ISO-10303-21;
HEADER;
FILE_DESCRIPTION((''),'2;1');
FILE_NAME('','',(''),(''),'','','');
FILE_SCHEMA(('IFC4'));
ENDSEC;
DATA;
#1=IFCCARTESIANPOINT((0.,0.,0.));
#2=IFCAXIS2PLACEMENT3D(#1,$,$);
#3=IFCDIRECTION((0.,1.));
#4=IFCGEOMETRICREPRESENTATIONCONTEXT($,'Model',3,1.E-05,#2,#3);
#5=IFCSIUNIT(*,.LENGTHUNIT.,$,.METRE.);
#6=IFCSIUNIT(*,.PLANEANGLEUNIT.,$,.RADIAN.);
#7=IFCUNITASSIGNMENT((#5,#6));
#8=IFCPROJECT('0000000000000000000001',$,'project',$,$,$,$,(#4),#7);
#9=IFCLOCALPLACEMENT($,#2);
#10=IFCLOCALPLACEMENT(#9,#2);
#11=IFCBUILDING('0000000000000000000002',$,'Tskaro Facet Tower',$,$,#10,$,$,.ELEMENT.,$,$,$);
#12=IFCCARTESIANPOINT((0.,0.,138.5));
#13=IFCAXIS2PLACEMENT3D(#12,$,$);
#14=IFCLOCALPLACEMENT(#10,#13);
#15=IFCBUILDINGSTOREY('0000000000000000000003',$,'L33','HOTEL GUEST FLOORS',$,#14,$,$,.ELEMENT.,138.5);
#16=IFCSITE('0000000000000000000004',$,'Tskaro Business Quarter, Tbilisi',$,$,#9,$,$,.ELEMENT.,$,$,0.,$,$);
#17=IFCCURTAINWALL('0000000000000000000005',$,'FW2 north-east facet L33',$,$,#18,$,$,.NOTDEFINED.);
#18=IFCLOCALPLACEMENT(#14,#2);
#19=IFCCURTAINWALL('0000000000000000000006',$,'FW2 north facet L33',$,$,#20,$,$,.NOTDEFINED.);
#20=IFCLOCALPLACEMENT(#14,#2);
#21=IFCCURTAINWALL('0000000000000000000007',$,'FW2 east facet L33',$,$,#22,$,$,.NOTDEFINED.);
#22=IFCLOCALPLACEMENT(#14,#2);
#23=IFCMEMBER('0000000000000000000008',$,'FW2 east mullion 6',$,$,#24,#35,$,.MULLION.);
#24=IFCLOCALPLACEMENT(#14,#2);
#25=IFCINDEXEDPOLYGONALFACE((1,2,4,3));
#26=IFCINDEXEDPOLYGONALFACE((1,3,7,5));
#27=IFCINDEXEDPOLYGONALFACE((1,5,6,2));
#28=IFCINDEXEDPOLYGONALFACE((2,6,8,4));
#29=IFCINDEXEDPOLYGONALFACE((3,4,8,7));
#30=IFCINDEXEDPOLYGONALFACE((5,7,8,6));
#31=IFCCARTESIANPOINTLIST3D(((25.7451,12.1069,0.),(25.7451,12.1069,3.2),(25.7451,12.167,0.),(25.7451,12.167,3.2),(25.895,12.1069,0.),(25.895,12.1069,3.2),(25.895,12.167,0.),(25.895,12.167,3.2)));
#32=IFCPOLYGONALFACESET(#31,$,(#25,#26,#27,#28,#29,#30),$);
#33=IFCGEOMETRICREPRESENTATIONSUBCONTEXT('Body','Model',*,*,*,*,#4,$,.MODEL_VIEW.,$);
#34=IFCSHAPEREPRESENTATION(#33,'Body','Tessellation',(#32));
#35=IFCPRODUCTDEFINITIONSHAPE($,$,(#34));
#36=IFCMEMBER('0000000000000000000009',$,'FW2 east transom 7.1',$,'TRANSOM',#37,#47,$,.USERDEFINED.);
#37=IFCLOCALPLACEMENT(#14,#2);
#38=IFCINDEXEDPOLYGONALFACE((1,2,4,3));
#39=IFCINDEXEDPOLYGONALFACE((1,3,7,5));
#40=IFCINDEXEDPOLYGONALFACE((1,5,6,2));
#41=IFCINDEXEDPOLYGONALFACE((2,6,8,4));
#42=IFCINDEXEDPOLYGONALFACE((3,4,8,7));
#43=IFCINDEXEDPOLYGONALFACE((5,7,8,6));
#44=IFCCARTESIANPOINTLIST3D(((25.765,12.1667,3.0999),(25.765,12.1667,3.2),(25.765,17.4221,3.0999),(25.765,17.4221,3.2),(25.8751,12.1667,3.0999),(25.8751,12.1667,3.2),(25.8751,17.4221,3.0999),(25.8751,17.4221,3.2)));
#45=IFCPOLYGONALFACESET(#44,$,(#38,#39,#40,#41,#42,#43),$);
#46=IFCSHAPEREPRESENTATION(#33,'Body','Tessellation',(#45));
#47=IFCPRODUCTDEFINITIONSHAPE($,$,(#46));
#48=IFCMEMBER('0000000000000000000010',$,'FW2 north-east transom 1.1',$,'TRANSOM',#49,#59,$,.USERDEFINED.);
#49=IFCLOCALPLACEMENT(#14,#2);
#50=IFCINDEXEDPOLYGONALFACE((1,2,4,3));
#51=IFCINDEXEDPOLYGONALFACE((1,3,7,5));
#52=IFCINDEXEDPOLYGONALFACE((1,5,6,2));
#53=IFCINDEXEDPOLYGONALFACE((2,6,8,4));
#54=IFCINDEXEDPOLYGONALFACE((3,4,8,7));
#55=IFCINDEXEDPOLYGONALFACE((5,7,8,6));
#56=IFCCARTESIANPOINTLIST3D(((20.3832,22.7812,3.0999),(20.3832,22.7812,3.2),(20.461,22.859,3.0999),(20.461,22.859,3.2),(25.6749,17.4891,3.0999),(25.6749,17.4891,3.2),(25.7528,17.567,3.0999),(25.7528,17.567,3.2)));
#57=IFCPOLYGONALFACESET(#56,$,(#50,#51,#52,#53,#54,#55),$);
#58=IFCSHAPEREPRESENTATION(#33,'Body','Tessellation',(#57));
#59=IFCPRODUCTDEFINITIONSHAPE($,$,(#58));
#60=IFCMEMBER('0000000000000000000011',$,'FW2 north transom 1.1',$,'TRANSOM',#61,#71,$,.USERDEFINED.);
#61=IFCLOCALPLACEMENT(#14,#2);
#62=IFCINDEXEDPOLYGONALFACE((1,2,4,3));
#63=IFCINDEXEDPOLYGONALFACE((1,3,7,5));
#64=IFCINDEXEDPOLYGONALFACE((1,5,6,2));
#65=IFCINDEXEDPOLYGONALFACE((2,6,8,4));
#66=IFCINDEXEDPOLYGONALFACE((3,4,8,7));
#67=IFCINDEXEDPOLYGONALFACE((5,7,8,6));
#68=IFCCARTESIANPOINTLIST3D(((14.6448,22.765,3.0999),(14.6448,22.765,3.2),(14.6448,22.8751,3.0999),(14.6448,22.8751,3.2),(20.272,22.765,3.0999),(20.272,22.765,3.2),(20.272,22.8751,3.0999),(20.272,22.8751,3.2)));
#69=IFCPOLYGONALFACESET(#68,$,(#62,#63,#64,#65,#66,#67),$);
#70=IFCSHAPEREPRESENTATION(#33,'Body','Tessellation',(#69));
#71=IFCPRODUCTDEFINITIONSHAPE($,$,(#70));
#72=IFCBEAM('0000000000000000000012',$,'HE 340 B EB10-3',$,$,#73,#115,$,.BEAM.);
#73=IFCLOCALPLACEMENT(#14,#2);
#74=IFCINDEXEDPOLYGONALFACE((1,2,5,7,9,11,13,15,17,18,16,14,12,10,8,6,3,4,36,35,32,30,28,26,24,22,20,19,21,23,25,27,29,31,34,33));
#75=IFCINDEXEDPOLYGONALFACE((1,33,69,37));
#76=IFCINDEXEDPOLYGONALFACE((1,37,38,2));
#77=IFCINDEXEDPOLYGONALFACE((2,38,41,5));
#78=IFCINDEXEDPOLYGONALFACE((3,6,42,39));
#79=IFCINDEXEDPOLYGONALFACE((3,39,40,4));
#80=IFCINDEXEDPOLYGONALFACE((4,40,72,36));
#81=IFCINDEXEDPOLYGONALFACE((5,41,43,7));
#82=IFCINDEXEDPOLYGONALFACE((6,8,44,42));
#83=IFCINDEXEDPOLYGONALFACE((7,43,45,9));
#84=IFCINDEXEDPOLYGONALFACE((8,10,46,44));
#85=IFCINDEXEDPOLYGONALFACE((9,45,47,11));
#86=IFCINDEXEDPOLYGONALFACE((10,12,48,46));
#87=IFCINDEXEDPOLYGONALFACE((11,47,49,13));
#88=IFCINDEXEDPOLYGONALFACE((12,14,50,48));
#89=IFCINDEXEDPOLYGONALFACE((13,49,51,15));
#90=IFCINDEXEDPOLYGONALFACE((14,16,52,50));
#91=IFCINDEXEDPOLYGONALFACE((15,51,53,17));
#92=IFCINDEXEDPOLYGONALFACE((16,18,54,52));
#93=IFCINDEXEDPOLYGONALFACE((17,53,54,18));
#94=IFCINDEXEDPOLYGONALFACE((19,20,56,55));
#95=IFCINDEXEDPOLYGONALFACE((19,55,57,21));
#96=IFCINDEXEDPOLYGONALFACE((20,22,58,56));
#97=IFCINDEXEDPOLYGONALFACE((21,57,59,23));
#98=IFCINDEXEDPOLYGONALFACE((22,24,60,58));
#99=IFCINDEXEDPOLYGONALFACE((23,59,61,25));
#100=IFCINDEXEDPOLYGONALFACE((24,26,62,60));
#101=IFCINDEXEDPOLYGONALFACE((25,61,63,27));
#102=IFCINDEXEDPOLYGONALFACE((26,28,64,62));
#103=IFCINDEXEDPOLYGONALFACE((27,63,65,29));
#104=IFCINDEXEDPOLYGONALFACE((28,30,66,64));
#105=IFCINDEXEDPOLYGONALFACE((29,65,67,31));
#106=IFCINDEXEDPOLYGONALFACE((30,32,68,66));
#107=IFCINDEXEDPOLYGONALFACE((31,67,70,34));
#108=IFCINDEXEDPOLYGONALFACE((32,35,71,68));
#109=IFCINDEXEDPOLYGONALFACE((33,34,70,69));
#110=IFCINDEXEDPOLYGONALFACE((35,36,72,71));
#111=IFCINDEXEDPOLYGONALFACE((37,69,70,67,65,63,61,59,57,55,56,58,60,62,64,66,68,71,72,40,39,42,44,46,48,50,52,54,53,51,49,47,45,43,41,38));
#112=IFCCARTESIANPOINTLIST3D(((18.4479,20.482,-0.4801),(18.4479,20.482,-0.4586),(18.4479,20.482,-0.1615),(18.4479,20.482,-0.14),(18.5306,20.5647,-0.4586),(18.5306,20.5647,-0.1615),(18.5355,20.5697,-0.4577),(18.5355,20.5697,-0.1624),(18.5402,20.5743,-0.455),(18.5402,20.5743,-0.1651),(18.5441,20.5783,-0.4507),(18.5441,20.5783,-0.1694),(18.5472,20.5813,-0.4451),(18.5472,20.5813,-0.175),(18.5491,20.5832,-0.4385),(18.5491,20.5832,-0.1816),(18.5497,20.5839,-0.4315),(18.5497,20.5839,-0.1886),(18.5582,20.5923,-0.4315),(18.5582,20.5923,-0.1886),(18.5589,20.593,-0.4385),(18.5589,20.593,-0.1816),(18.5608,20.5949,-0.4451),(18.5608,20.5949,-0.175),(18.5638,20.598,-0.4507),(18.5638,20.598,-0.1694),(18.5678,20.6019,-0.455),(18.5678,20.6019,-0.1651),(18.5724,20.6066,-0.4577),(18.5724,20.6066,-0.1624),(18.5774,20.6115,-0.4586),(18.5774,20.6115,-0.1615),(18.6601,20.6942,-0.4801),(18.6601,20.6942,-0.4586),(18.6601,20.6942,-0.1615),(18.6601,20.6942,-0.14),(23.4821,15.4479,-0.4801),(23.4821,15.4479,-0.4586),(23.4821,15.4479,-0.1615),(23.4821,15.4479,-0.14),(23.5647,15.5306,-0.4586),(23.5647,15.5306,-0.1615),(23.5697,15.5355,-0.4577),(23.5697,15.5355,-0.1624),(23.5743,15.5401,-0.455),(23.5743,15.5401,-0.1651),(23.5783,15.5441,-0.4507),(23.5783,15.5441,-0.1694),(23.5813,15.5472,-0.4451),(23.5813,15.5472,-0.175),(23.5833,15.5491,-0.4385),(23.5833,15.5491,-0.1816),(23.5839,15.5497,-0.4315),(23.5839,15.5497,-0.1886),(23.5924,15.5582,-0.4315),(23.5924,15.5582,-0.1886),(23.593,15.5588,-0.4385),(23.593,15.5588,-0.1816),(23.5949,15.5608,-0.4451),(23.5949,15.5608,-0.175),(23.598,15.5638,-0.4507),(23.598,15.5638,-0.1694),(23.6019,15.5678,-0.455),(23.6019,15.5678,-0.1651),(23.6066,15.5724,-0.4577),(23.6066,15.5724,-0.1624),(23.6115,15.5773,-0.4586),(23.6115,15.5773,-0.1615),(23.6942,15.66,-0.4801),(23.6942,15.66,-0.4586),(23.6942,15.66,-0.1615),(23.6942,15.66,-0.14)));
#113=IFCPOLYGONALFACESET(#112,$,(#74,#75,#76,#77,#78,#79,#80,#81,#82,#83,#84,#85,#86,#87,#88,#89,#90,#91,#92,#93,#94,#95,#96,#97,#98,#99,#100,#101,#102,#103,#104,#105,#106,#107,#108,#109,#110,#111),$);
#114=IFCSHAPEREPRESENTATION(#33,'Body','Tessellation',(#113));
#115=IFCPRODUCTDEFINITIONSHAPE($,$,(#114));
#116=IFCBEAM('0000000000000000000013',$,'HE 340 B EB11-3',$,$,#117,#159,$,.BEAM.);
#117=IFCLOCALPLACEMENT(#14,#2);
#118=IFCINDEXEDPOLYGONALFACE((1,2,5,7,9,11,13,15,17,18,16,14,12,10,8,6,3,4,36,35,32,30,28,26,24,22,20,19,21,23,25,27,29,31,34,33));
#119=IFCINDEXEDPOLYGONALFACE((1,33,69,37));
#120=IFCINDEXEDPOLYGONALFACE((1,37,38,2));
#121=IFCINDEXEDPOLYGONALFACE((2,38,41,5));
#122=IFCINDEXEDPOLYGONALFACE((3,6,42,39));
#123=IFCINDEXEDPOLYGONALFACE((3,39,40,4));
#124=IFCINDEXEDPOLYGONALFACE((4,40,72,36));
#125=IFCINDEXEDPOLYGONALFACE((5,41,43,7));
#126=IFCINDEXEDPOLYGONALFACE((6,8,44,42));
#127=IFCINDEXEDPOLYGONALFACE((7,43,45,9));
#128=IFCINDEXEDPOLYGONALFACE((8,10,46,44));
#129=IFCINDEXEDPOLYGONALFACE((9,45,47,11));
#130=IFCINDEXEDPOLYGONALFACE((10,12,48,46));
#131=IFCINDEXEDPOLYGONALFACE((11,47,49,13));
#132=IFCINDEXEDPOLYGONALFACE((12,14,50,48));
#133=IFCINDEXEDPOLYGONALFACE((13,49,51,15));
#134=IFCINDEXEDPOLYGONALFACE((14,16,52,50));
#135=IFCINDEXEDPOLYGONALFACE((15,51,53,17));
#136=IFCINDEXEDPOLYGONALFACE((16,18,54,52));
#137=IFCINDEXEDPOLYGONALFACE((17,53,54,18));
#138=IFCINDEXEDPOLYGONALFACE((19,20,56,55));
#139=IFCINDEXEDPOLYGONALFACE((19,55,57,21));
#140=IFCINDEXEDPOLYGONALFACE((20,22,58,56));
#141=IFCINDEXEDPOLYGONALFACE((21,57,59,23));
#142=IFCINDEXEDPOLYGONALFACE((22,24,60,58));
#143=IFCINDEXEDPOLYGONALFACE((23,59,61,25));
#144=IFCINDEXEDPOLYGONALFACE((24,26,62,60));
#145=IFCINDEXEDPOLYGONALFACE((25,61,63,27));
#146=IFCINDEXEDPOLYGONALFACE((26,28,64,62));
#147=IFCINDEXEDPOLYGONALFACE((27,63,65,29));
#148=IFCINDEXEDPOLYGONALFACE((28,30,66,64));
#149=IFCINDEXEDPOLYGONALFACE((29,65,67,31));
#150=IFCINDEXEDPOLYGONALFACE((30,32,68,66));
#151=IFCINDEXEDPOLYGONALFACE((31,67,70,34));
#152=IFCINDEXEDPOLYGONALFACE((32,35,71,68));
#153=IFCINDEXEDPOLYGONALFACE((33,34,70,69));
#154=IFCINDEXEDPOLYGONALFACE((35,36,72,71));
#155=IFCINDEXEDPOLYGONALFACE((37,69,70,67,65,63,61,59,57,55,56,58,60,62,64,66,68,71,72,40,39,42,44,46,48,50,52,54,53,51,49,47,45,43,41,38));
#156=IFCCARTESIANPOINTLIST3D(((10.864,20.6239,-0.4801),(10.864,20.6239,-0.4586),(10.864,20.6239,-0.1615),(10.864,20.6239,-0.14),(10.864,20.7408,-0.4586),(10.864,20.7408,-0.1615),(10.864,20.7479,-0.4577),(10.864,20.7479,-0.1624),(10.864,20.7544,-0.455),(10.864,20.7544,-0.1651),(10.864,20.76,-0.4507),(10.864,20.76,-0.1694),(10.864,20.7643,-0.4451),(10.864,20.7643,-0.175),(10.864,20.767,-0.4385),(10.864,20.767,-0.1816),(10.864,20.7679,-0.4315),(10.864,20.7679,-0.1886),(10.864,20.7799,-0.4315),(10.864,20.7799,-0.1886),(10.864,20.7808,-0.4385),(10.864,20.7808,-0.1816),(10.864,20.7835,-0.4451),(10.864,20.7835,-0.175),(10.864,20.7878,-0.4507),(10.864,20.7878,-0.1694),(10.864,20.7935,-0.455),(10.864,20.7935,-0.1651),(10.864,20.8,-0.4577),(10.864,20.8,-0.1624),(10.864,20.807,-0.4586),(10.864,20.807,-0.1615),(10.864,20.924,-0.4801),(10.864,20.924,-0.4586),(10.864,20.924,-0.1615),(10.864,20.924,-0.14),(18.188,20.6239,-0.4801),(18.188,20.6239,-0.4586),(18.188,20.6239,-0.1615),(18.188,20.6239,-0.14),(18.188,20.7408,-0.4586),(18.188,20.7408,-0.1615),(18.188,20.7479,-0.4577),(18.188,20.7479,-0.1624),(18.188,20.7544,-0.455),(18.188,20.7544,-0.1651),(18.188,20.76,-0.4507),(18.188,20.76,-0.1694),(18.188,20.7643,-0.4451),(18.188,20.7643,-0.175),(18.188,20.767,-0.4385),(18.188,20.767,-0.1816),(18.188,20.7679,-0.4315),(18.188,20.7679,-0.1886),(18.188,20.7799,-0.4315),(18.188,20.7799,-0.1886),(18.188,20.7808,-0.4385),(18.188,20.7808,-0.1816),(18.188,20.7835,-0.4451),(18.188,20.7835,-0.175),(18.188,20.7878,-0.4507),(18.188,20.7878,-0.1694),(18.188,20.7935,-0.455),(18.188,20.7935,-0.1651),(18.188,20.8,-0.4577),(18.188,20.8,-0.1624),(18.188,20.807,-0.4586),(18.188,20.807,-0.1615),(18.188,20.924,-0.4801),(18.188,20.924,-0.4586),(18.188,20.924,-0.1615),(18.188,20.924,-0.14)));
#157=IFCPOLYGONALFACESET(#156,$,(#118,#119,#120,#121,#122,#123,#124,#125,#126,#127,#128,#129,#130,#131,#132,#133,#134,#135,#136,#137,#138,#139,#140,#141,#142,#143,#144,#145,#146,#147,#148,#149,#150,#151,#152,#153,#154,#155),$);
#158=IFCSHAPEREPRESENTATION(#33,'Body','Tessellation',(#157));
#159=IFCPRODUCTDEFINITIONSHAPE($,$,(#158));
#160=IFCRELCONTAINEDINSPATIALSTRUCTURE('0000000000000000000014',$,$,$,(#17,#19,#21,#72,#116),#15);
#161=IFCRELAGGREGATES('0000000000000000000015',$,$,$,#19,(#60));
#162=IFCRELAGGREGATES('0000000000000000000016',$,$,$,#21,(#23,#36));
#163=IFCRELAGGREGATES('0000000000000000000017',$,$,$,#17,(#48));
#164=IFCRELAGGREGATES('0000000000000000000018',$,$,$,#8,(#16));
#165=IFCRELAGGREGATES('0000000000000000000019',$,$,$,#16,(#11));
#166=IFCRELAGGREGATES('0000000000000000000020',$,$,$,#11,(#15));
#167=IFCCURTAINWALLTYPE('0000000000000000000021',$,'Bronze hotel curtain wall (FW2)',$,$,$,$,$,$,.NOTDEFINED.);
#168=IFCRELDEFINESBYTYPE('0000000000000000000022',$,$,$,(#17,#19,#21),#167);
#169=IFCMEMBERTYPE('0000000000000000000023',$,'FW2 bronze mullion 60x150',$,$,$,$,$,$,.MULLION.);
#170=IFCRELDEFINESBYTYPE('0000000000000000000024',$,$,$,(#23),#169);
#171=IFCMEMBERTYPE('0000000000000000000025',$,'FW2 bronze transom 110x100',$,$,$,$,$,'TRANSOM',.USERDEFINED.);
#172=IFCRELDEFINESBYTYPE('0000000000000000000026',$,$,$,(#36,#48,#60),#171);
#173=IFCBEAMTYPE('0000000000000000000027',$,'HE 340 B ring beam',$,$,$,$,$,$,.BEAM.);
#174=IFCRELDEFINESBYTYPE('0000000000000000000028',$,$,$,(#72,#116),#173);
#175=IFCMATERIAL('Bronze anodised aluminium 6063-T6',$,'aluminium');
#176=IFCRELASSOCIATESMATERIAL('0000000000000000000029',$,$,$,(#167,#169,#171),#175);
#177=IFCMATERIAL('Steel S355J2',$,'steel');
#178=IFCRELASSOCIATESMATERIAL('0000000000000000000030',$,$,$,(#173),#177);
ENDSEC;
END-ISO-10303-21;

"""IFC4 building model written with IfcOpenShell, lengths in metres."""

from ifc_helpers import new_model, si_unit, direction, frame, origin, origin_2d, place, context, subcontext, project, spatial, rectangle, i_section, extrude, material, material_profile, profile_set, type_object, element, aggregate, save


model = new_model("IFC4")

# Units and contexts
model_context = context("Model", 3, precision=1e-05, world=origin(), true_north=direction((0.0, 1.0)))
body_context = subcontext(model_context, "Body", "Model", "MODEL_VIEW")
ifc_project = project(units=[si_unit("LENGTHUNIT", "METRE"), si_unit("PLANEANGLEUNIT", "RADIAN")], contexts=[model_context])

# Site, building, storey
site_placement = place(None, origin())
site = spatial("IfcSite", under=ifc_project, at=site_placement, Name="Tskaro Business Quarter, Tbilisi", CompositionType="ELEMENT", RefElevation=0.0)
building_placement = place(site_placement, origin())
building = spatial("IfcBuilding", under=site, at=building_placement, Name="Tskaro Facet Tower", CompositionType="ELEMENT")
storey_placement = place(building_placement, frame((0.0, 0.0, 138.5)))
storey = spatial("IfcBuildingStorey", under=building, at=storey_placement, Name="L33", Description="HOTEL GUEST FLOORS", CompositionType="ELEMENT", Elevation=138.5)

# Curtain walls
ifc_material_1 = material(Name="Bronze anodised aluminium 6063-T6", Category="aluminium")
curtain_wall_type = type_object("IfcCurtainWallType", Name="Bronze hotel curtain wall (FW2)", PredefinedType="NOTDEFINED", material=ifc_material_1)
curtain_wall_1_placement = place(storey_placement, origin())
curtain_wall_1 = element("IfcCurtainWall", 1, at=curtain_wall_1_placement, inside=storey, type_object=curtain_wall_type, Name="FW2 north-east facet L33", PredefinedType="NOTDEFINED")
curtain_wall_2_placement = place(storey_placement, origin())
curtain_wall_2 = element("IfcCurtainWall", 2, at=curtain_wall_2_placement, inside=storey, type_object=curtain_wall_type, Name="FW2 north facet L33", PredefinedType="NOTDEFINED")

# Curtain wall, members
curtain_wall_3_placement = place(storey_placement, origin())
curtain_wall_3 = element("IfcCurtainWall", 3, at=curtain_wall_3_placement, inside=storey, type_object=curtain_wall_type, Name="FW2 east facet L33", PredefinedType="NOTDEFINED")
ifc_material_profile_1 = material_profile(ifc_material_1, rectangle(XDim=0.0601, YDim=0.1499, at=origin_2d()), Name="Mullion 60x150")
ifc_profile_set_1 = profile_set([ifc_material_profile_1], Name="Bronze anodised aluminium 6063-T6")
member_type_1 = type_object("IfcMemberType", Name="FW2 bronze mullion 60x150", PredefinedType="MULLION", material=ifc_profile_set_1)
member_1_placement = place(storey_placement, frame((25.8201, 12.137, 0.0), z_axis=(0.0, 0.0, 1.0), x_axis=(0.0, 1.0, 0.0)))
member_1 = element("IfcMember", 4, at=member_1_placement, type_object=member_type_1, Name="FW2 east mullion 6", PredefinedType="MULLION", context=body_context, shape_type="SweptSolid", body=[
    extrude(rectangle(XDim=0.0601, YDim=0.1499, at=origin_2d()), origin(), (0.0, 0.0, 1.0), 3.2),
])
ifc_material_profile_2 = material_profile(ifc_material_1, rectangle(XDim=0.1101, YDim=0.1001, at=origin_2d()), Name="Transom 110x100")
ifc_profile_set_2 = profile_set([ifc_material_profile_2], Name="Bronze anodised aluminium 6063-T6")
member_type_2 = type_object("IfcMemberType", Name="FW2 bronze transom 110x100", ElementType="TRANSOM", PredefinedType="USERDEFINED", material=ifc_profile_set_2)
member_2_placement = place(storey_placement, frame((25.8201, 12.1667, 3.1499), z_axis=(0.0, 1.0, 0.0), x_axis=(-1.0, 0.0, 0.0)))
member_2 = element("IfcMember", 5, at=member_2_placement, type_object=member_type_2, Name="FW2 east transom 7.1", ObjectType="TRANSOM", PredefinedType="USERDEFINED", context=body_context, shape_type="SweptSolid", body=[
    extrude(rectangle(XDim=0.1101, YDim=0.1001, at=origin_2d()), origin(), (0.0, 0.0, 1.0), 5.2554),
])

# Members
member_3_placement = place(storey_placement, frame((25.7139, 17.5281, 3.1499), z_axis=(-0.70709, 0.707123, 0.0), x_axis=(-0.707123, -0.70709, 0.0)))
member_3 = element("IfcMember", 6, at=member_3_placement, type_object=member_type_2, Name="FW2 north-east transom 1.1", ObjectType="TRANSOM", PredefinedType="USERDEFINED", context=body_context, shape_type="SweptSolid", body=[
    extrude(rectangle(XDim=0.1101, YDim=0.1001, at=origin_2d()), origin(), (0.0, 0.0, 1.0), 7.4839),
])
member_4_placement = place(storey_placement, frame((20.272, 22.8201, 3.1499), z_axis=(-1.0, 0.0, 0.0), x_axis=(0.0, -1.0, 0.0)))
member_4 = element("IfcMember", 7, at=member_4_placement, type_object=member_type_2, Name="FW2 north transom 1.1", ObjectType="TRANSOM", PredefinedType="USERDEFINED", context=body_context, shape_type="SweptSolid", body=[
    extrude(rectangle(XDim=0.1101, YDim=0.1001, at=origin_2d()), origin(), (0.0, 0.0, 1.0), 5.6272),
])
aggregate(curtain_wall_2, [member_4])

# Beams
ifc_material_2 = material(Name="Steel S355J2", Category="steel")
ifc_material_profile_3 = material_profile(ifc_material_2, i_section(OverallWidth=0.3, OverallDepth=0.3401, WebThickness=0.012, FlangeThickness=0.0215, FilletRadius=0.0271, at=origin_2d()), Name="HE 340 B")
ifc_profile_set_3 = profile_set([ifc_material_profile_3], Name="Steel S355J2")
beam_type_1 = type_object("IfcBeamType", Name="HE 340 B ring beam", PredefinedType="BEAM", material=ifc_profile_set_3)
beam_1_placement = place(storey_placement, frame((23.5881, 15.554, -0.3101), z_axis=(-0.707107, 0.707107, 0.0), x_axis=(-0.707107, -0.707107, 0.0)))
element("IfcBeam", 8, at=beam_1_placement, inside=storey, type_object=beam_type_1, Name="HE 340 B EB10-3", PredefinedType="BEAM", context=body_context, shape_type="SweptSolid", body=[
    extrude(i_section(OverallWidth=0.3, OverallDepth=0.3401, WebThickness=0.012, FlangeThickness=0.0215, FilletRadius=0.0271, at=origin_2d()), origin(), (0.0, 0.0, 1.0), 7.1194),
])
beam_2_placement = place(storey_placement, frame((18.188, 20.7739, -0.3101), z_axis=(-1.0, 0.0, 0.0), x_axis=(0.0, -1.0, 0.0)))
element("IfcBeam", 9, at=beam_2_placement, inside=storey, type_object=beam_type_1, Name="HE 340 B EB11-3", PredefinedType="BEAM", context=body_context, shape_type="SweptSolid", body=[
    extrude(i_section(OverallWidth=0.3, OverallDepth=0.3401, WebThickness=0.012, FlangeThickness=0.0215, FilletRadius=0.0271, at=origin_2d()), origin(), (0.0, 0.0, 1.0), 7.324),
])

aggregate(curtain_wall_3, [member_1, member_2])
aggregate(curtain_wall_1, [member_3])

save(model, "model.ifc")
